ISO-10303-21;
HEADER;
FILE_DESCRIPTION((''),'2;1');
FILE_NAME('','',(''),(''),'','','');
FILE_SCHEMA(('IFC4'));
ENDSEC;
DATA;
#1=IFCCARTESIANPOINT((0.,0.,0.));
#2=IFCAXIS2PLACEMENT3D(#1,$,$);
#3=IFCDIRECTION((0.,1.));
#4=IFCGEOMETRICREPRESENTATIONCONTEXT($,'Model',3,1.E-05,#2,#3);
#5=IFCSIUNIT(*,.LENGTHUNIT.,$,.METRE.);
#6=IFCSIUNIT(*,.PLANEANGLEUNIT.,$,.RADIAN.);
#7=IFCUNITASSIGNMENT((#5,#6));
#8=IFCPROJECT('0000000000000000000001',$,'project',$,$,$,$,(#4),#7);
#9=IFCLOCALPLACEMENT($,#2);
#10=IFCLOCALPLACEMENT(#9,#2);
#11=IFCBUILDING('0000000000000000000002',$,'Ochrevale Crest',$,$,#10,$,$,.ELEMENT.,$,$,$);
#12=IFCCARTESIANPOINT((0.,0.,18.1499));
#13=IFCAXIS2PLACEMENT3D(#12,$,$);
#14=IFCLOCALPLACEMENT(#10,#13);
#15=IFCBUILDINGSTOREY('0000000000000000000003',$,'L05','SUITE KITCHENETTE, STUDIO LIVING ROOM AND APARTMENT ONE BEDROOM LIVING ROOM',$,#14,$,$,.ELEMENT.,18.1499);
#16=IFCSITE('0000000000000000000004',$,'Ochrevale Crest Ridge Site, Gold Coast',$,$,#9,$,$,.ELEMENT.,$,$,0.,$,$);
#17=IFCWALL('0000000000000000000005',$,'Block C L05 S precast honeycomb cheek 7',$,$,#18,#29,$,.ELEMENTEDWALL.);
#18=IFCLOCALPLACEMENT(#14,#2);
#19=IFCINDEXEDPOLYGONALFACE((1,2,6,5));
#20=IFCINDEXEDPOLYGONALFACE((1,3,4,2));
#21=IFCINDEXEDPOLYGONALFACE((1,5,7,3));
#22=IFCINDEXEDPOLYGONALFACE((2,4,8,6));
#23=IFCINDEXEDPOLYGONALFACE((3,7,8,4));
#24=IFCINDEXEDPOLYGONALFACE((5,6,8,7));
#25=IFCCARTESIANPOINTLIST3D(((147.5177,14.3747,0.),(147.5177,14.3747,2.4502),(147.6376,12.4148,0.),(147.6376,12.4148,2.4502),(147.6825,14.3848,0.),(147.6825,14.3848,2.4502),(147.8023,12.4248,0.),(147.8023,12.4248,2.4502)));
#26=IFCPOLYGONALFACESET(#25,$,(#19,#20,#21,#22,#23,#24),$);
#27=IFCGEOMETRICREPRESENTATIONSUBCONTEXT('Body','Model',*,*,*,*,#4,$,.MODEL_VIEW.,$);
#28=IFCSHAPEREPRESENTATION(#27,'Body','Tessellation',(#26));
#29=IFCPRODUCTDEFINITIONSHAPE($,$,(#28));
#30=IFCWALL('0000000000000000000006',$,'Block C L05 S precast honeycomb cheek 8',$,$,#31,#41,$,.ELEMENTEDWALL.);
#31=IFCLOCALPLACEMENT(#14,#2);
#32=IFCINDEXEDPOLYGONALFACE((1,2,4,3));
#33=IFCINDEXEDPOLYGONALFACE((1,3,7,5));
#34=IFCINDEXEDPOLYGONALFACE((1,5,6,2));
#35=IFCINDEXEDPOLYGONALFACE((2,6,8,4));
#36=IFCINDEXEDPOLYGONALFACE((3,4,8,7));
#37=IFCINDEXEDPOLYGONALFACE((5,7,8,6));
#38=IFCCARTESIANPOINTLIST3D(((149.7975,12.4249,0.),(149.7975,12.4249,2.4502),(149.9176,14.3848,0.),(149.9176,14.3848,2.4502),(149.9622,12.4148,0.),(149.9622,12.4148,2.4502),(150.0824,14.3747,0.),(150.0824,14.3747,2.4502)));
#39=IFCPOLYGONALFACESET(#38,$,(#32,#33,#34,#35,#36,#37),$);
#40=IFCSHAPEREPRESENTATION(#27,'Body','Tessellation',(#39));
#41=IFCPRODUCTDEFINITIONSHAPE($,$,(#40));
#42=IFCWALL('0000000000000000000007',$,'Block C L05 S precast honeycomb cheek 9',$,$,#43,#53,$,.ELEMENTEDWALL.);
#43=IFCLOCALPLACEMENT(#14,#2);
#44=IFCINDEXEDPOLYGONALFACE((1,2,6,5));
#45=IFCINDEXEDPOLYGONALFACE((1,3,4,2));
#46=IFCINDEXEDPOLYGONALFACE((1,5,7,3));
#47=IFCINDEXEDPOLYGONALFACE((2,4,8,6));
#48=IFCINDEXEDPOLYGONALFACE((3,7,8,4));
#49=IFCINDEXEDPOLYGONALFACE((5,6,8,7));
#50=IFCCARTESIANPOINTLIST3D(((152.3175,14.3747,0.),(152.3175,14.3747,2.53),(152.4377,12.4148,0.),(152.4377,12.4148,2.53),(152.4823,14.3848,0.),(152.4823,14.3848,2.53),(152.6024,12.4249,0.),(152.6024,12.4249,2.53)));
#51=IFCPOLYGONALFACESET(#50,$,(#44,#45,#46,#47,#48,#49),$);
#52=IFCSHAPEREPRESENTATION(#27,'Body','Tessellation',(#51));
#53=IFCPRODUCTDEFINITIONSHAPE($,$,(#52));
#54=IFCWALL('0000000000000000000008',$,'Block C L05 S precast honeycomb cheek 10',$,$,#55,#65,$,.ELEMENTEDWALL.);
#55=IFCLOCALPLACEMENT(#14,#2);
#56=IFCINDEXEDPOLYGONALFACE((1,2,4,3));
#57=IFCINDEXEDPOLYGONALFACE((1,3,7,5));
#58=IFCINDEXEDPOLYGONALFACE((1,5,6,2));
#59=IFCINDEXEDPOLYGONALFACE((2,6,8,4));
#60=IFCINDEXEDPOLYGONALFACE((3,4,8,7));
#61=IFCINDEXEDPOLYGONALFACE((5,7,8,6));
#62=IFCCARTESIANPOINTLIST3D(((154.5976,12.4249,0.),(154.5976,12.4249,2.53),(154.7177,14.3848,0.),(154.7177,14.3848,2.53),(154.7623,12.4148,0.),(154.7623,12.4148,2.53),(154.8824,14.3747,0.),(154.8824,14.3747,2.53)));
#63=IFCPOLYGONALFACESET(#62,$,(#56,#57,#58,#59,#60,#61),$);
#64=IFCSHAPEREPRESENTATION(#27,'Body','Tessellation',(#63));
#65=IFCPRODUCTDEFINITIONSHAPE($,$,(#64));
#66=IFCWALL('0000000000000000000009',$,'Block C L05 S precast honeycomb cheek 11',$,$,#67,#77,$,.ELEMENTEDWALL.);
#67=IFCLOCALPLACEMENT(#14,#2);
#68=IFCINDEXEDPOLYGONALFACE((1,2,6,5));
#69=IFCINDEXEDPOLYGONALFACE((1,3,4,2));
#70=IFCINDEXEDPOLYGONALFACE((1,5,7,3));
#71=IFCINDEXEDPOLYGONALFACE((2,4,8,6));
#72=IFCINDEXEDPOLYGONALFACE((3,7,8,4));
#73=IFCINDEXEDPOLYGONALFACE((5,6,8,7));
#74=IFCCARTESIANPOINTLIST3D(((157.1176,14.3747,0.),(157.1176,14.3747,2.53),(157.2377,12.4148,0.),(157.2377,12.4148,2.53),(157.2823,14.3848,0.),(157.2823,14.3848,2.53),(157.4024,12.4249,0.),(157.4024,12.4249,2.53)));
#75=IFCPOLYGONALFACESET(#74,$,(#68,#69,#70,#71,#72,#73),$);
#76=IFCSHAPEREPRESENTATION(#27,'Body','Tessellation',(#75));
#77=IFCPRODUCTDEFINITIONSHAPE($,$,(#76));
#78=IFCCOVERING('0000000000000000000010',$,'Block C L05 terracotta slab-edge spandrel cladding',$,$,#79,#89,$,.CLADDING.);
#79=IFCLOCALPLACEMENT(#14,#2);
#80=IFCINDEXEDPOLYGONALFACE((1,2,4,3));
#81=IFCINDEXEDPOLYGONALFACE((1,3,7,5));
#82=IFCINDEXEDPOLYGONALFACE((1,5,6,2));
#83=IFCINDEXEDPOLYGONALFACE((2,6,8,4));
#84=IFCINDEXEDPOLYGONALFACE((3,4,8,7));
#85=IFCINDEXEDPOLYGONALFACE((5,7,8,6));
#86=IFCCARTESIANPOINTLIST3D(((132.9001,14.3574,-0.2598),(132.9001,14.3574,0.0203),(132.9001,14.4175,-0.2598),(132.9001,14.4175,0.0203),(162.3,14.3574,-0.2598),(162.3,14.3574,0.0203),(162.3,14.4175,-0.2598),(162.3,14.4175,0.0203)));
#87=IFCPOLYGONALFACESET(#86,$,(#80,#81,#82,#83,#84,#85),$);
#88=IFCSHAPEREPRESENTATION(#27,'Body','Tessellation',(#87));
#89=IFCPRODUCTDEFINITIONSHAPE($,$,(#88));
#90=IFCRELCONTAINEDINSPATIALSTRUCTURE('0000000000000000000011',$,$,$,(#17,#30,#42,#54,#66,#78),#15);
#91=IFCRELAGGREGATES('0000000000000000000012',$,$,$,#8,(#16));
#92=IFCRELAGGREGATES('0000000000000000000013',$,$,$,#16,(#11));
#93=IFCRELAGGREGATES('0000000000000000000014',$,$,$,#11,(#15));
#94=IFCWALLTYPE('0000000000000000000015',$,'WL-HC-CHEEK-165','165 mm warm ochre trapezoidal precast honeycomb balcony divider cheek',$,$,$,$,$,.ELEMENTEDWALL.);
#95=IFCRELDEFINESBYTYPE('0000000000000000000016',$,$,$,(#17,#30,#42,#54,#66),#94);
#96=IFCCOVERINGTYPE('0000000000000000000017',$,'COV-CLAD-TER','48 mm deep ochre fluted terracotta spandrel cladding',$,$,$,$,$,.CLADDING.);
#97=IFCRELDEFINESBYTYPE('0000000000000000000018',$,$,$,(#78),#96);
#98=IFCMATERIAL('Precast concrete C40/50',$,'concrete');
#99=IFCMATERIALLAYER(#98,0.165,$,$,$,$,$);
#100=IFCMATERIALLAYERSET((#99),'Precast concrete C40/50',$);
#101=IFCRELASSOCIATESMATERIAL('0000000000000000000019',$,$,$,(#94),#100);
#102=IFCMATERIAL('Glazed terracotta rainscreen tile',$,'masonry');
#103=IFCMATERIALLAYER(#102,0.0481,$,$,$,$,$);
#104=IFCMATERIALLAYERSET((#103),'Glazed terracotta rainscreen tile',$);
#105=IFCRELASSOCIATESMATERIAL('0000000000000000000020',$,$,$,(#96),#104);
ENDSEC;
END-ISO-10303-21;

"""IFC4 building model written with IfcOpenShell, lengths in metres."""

from ifc_helpers import new_model, si_unit, direction, frame, frame_2d, origin, origin_2d, place, context, subcontext, project, spatial, rectangle, extrude, material, layer, layer_set, type_object, element, save


model = new_model("IFC4")

# Units and contexts
model_context = context("Model", 3, precision=1e-05, world=origin(), true_north=direction((0.0, 1.0)))
body_context = subcontext(model_context, "Body", "Model", "MODEL_VIEW")
ifc_project = project(units=[si_unit("LENGTHUNIT", "METRE"), si_unit("PLANEANGLEUNIT", "RADIAN")], contexts=[model_context])

# Site, building, storey
site_placement = place(None, origin())
site = spatial("IfcSite", under=ifc_project, at=site_placement, Name="Ochrevale Crest Ridge Site, Gold Coast", CompositionType="ELEMENT", RefElevation=0.0)
building_placement = place(site_placement, origin())
building = spatial("IfcBuilding", under=site, at=building_placement, Name="Ochrevale Crest", CompositionType="ELEMENT")
storey_placement = place(building_placement, frame((0.0, 0.0, 18.1499)))
storey = spatial("IfcBuildingStorey", under=building, at=storey_placement, Name="L05", Description="SUITE KITCHENETTE, STUDIO LIVING ROOM AND APARTMENT ONE BEDROOM LIVING ROOM", CompositionType="ELEMENT", Elevation=18.1499)

# Shared definitions
ifc_material_1 = material(Name="Precast concrete C40/50", Category="concrete")

# Walls
ifc_layer_1 = layer(ifc_material_1, 0.165)
ifc_layer_set_1 = layer_set([ifc_layer_1], Name="Precast concrete C40/50")
wall_type = type_object("IfcWallType", Name="WL-HC-CHEEK-165", Description="165 mm warm ochre trapezoidal precast honeycomb balcony divider cheek", PredefinedType="ELEMENTEDWALL", material=ifc_layer_set_1)
for number, where, z_axis, x_axis, name in (
    (1, (147.6001, 14.3799, 0.0), (0.0, 0.0, 1.0), (0.061047, -0.998135, 0.0), "Block C L05 S precast honeycomb cheek 7"),
    (2, (150.0, 14.3799, 0.0), (0.0, 0.0, 1.0), (-0.061171, -0.998127, 0.0), "Block C L05 S precast honeycomb cheek 8"),
):
    element("IfcWall", number, at=place(storey_placement, frame(where, z_axis=z_axis, x_axis=x_axis)), inside=storey, type_object=wall_type, Name=name, PredefinedType="ELEMENTEDWALL", context=body_context, shape_type="SweptSolid", body=[
        extrude(rectangle(XDim=1.9636, YDim=0.165, at=frame_2d((0.9819, 0.0))), origin(), (0.0, 0.0, 1.0), 2.4502),
    ])
for number, where, z_axis, x_axis, name in (
    (3, (152.3999, 14.3799, 0.0), (0.0, 0.0, 1.0), (0.061171, -0.998127, 0.0), "Block C L05 S precast honeycomb cheek 9"),
    (4, (154.8, 14.3799, 0.0), (0.0, 0.0, 1.0), (-0.061171, -0.998127, 0.0), "Block C L05 S precast honeycomb cheek 10"),
    (5, (157.2, 14.3799, 0.0), (0.0, 0.0, 1.0), (0.061171, -0.998127, 0.0), "Block C L05 S precast honeycomb cheek 11"),
):
    element("IfcWall", number, at=place(storey_placement, frame(where, z_axis=z_axis, x_axis=x_axis)), inside=storey, type_object=wall_type, Name=name, PredefinedType="ELEMENTEDWALL", context=body_context, shape_type="SweptSolid", body=[
        extrude(rectangle(XDim=1.9636, YDim=0.165, at=frame_2d((0.9819, 0.0))), origin(), (0.0, 0.0, 1.0), 2.53),
    ])

# Covering
ifc_material_2 = material(Name="Glazed terracotta rainscreen tile", Category="masonry")
ifc_layer_2 = layer(ifc_material_2, 0.0481)
ifc_layer_set_2 = layer_set([ifc_layer_2], Name="Glazed terracotta rainscreen tile")
covering_type = type_object("IfcCoveringType", Name="COV-CLAD-TER", Description="48 mm deep ochre fluted terracotta spandrel cladding", PredefinedType="CLADDING", material=ifc_layer_set_2)
covering_placement = place(storey_placement, frame((147.6001, 14.3875, -0.2598), z_axis=(0.0, 0.0, 1.0), x_axis=(1.0, 0.0, 0.0)))
element("IfcCovering", 6, at=covering_placement, inside=storey, type_object=covering_type, Name="Block C L05 terracotta slab-edge spandrel cladding", PredefinedType="CLADDING", context=body_context, shape_type="SweptSolid", body=[
    extrude(rectangle(XDim=29.3999, YDim=0.0601, at=origin_2d()), origin(), (0.0, 0.0, 1.0), 0.28),
])

save(model, "model.ifc")
